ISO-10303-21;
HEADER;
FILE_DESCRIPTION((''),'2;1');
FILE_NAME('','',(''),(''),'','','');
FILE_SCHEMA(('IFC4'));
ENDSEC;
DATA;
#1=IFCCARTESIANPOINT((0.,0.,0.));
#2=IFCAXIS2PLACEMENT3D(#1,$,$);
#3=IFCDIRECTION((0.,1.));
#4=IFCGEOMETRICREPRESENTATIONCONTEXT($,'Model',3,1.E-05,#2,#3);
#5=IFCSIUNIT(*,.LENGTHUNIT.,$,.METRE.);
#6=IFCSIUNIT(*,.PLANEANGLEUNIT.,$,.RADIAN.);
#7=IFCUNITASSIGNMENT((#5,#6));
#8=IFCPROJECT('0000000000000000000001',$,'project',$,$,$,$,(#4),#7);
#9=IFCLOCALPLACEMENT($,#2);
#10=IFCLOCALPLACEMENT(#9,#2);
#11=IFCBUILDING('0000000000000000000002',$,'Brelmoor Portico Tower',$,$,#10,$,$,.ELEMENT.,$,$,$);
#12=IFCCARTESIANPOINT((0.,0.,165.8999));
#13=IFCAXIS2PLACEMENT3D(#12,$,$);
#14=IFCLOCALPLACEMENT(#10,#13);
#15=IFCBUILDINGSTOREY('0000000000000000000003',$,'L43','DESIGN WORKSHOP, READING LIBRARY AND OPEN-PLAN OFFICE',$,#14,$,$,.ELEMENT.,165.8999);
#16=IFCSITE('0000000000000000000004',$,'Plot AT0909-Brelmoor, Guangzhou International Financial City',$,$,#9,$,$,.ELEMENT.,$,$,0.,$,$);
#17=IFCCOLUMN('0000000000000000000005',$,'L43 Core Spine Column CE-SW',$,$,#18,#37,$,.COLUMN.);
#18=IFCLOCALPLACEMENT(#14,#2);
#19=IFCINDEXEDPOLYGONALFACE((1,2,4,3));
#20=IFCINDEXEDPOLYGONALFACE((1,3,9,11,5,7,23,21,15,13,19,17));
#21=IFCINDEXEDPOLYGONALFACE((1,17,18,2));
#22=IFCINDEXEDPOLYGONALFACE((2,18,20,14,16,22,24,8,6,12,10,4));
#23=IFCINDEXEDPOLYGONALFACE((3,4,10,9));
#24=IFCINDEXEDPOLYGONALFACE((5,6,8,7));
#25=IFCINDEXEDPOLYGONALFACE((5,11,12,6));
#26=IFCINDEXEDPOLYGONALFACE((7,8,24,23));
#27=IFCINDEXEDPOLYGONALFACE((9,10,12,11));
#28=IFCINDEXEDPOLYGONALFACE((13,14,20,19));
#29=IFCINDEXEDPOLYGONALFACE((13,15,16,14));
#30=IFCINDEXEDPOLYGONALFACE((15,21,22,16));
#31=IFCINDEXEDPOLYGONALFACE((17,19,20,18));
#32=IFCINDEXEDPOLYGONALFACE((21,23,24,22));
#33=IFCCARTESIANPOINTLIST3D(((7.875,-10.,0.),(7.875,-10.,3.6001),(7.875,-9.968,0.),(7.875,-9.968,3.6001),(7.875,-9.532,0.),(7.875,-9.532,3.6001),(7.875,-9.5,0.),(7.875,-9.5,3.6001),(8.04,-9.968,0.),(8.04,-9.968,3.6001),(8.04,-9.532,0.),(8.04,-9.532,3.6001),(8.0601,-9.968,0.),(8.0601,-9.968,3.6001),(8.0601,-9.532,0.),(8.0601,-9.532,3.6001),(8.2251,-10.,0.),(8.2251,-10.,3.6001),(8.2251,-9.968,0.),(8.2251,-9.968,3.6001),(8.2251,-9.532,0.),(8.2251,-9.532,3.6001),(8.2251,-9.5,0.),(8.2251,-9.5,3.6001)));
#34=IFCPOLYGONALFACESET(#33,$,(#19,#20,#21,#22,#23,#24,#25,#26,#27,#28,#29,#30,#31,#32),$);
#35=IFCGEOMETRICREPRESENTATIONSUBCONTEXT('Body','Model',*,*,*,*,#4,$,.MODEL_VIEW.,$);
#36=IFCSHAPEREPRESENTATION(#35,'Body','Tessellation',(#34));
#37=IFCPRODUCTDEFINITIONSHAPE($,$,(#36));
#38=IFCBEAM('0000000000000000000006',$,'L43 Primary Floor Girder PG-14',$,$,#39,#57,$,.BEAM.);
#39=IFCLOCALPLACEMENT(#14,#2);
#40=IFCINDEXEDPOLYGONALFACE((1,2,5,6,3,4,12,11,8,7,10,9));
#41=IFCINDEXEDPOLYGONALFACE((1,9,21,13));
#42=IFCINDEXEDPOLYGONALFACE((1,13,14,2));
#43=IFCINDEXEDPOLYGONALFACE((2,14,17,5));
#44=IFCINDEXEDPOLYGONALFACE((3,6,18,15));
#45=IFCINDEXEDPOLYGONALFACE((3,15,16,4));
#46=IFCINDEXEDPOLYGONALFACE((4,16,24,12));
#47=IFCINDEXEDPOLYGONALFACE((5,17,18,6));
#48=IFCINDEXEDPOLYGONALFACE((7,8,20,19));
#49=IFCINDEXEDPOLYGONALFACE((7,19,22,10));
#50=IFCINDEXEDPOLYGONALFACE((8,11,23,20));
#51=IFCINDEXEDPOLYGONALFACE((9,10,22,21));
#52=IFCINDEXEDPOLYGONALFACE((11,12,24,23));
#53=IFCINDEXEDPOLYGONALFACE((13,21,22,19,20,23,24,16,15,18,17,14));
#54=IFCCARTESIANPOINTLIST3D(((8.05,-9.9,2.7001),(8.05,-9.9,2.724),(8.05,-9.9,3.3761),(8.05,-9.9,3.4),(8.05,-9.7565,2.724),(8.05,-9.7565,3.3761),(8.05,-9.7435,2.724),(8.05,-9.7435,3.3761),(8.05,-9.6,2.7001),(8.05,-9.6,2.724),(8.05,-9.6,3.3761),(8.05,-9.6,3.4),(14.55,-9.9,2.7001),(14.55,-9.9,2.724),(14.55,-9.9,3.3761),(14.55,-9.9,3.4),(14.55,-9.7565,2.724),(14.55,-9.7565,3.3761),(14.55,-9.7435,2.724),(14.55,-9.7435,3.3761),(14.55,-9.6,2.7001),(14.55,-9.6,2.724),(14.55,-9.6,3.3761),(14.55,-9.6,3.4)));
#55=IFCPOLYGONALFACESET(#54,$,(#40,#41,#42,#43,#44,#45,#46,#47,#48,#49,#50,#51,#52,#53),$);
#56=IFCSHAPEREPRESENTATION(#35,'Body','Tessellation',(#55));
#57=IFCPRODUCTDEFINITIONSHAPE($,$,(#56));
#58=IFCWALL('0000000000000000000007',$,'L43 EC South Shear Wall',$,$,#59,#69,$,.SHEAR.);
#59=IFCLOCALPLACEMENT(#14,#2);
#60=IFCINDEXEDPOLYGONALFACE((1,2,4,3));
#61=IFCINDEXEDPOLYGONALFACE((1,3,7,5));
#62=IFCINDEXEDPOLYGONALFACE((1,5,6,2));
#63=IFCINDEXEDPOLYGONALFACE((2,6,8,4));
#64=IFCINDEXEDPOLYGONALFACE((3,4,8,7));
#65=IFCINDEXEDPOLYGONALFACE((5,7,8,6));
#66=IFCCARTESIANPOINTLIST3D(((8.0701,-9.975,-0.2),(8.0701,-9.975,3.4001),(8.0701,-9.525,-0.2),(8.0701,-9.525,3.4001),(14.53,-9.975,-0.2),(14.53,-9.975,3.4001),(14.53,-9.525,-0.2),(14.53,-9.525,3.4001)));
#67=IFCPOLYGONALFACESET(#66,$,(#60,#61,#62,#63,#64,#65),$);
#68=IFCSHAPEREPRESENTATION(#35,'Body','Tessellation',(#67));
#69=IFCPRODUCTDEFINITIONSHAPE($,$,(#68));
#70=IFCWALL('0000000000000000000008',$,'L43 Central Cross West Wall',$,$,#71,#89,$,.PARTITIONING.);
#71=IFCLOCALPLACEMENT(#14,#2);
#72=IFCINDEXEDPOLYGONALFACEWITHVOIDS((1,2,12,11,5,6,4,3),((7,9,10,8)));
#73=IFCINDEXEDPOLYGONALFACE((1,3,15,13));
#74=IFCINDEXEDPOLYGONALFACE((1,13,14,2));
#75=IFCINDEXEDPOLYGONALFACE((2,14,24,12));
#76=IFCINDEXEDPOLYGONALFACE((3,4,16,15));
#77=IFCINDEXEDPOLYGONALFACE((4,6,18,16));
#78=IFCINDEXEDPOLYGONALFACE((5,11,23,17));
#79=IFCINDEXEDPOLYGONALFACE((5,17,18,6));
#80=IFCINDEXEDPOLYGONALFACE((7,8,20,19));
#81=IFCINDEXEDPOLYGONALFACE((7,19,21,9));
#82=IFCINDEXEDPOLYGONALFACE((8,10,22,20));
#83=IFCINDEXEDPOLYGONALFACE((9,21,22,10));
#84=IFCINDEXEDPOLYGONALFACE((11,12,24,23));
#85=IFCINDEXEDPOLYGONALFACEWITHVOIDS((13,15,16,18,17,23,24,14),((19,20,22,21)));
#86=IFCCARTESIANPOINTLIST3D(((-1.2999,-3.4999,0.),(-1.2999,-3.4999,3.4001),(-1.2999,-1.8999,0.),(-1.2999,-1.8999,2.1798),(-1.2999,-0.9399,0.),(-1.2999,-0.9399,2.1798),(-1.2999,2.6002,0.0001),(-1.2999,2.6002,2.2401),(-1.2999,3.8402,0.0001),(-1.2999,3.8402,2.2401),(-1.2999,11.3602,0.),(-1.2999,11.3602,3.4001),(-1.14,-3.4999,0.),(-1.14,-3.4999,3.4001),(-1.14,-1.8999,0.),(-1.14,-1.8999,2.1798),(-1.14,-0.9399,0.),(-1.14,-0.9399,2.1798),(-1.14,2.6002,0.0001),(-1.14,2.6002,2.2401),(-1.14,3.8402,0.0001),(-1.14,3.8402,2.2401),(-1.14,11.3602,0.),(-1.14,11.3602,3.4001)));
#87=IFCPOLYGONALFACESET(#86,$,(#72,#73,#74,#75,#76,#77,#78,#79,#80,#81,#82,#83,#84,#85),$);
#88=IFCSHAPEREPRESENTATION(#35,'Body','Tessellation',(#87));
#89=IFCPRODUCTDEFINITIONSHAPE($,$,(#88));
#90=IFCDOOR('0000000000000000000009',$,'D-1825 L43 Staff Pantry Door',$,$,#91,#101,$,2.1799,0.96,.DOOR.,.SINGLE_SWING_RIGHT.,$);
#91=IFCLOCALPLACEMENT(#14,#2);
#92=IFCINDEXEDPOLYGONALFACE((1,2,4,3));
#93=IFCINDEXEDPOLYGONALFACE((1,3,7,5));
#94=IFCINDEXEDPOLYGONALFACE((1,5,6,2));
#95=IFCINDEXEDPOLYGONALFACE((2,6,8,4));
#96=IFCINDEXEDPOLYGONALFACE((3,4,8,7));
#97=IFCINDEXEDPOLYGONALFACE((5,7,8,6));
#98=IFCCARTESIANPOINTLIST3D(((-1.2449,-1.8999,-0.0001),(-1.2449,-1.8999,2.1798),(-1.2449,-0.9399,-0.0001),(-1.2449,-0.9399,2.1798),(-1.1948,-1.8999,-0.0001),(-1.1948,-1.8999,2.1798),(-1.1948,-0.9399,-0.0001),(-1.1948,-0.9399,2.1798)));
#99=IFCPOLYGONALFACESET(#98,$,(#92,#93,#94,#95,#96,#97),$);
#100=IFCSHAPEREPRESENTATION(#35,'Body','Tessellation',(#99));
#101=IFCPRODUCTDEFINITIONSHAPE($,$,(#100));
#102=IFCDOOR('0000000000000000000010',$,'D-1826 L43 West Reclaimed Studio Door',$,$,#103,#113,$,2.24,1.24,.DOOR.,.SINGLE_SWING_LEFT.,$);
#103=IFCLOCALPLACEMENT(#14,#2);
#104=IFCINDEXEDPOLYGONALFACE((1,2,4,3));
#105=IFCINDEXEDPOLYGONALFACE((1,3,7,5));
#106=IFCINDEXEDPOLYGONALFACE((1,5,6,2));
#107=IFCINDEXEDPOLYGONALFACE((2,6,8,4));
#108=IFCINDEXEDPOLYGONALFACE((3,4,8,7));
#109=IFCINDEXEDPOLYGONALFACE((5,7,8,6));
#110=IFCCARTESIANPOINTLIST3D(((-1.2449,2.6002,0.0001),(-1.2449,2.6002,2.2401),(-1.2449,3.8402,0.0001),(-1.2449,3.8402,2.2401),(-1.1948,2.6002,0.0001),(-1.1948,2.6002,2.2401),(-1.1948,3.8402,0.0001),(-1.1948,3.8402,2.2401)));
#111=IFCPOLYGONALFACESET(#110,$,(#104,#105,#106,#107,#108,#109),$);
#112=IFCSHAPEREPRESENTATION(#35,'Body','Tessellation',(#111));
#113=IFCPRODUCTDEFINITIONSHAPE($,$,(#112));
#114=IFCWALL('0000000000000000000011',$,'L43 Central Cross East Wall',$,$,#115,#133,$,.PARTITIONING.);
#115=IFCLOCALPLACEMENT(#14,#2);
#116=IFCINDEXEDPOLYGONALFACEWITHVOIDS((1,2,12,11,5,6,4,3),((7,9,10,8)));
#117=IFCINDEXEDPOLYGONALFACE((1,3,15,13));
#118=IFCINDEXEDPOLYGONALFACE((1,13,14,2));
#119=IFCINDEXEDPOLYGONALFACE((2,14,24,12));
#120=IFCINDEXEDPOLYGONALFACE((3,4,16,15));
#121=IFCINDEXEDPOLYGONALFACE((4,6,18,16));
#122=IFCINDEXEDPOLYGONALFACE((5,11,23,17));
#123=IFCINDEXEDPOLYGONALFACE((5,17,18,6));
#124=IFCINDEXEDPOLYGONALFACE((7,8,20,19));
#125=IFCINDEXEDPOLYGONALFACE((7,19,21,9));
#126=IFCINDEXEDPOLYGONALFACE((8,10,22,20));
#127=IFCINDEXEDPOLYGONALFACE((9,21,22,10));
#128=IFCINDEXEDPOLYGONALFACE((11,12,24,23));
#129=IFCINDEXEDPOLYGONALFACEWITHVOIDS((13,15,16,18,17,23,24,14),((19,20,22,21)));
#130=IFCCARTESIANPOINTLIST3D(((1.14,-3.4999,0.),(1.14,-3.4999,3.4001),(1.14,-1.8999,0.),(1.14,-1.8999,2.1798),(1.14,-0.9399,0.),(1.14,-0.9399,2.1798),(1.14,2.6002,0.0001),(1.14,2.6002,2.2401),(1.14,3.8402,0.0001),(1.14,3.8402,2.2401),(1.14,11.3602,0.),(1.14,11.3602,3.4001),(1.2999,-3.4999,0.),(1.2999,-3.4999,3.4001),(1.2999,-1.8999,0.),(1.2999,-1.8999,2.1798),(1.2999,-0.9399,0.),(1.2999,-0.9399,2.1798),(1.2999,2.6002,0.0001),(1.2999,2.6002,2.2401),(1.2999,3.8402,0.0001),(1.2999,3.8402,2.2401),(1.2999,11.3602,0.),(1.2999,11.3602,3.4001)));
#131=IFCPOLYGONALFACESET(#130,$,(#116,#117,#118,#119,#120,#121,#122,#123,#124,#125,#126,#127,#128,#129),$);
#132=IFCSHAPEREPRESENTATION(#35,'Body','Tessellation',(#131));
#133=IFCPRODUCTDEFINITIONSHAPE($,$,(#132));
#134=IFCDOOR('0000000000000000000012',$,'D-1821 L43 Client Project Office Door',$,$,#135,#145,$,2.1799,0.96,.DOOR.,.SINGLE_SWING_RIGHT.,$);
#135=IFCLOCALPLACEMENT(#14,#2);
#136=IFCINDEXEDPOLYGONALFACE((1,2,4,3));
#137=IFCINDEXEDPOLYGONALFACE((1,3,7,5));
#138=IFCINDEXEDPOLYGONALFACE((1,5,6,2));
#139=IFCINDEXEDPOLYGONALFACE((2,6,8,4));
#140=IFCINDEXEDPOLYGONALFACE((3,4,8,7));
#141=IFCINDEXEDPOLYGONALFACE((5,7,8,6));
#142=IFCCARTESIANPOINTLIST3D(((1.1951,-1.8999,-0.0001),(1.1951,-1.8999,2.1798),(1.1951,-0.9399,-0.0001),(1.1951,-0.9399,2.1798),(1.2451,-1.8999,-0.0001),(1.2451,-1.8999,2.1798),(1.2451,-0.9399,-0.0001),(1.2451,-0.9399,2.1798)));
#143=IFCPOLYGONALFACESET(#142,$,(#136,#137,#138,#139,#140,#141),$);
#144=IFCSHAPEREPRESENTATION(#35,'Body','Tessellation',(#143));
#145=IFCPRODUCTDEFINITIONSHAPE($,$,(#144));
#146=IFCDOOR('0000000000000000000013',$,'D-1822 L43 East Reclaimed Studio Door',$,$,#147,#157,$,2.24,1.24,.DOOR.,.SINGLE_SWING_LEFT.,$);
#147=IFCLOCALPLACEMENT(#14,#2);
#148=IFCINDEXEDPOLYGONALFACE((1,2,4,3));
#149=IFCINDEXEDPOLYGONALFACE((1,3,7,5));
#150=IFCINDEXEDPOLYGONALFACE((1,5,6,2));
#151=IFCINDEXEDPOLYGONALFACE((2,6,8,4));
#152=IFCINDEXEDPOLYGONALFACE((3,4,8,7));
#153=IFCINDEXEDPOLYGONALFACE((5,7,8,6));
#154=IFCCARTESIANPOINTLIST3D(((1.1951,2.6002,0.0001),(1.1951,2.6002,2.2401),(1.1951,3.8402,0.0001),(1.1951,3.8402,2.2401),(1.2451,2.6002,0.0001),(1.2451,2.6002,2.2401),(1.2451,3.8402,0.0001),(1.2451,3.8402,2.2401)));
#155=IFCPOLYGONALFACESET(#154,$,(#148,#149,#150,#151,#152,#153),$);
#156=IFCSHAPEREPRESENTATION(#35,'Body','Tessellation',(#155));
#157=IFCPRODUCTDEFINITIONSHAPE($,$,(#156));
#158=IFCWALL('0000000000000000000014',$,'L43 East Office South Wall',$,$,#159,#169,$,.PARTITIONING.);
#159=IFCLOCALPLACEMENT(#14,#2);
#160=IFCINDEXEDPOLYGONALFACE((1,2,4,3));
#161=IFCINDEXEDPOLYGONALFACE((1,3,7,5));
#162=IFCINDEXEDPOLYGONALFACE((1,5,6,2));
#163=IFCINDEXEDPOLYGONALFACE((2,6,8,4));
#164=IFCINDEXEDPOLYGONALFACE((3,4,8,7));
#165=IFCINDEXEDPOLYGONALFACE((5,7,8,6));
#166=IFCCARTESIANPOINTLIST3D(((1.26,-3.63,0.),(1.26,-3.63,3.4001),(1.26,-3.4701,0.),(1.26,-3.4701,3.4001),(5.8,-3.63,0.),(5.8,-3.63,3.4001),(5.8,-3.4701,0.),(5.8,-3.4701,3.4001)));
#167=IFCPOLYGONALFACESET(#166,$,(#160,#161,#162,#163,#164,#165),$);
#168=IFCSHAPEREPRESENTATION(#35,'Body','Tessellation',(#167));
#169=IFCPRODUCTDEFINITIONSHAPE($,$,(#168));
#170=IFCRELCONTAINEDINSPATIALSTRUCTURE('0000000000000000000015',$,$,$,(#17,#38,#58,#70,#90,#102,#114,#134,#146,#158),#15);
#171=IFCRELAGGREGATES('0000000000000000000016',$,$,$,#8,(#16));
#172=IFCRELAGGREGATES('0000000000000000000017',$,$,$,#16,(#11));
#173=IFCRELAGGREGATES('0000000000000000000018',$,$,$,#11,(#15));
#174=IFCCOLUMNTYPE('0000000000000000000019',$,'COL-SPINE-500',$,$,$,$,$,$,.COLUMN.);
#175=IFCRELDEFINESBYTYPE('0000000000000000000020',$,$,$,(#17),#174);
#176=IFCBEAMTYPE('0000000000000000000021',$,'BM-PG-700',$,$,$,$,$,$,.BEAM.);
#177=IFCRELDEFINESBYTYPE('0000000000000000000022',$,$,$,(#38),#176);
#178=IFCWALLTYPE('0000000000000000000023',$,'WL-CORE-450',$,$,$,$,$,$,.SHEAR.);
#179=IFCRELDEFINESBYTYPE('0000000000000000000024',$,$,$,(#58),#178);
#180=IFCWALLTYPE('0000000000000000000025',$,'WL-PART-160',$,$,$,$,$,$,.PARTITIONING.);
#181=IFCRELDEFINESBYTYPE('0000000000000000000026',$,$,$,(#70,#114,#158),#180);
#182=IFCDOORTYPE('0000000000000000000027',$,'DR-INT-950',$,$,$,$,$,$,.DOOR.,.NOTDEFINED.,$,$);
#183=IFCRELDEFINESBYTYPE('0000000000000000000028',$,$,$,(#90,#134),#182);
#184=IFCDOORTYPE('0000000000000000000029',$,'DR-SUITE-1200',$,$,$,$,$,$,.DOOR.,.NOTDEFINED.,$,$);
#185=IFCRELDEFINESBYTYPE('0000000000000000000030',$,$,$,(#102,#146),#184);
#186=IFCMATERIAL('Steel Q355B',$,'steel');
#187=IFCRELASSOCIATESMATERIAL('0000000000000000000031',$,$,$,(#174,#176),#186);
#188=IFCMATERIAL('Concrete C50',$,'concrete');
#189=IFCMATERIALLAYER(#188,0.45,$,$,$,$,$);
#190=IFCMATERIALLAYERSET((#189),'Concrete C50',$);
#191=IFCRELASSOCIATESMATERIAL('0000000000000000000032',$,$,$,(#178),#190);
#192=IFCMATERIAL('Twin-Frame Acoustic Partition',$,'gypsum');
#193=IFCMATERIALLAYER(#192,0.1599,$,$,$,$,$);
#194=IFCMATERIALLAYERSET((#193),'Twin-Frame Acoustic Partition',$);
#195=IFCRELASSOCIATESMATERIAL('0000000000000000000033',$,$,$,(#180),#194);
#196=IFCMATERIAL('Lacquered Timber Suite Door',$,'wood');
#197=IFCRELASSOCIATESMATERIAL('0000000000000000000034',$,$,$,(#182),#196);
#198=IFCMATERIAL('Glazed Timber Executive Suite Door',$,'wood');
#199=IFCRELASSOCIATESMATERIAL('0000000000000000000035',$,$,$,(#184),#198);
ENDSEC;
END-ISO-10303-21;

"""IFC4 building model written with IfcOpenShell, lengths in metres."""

from ifc_helpers import new_model, si_unit, direction, frame, frame_2d, origin, origin_2d, place, context, subcontext, project, spatial, rectangle, i_section, extrude, material, layer, layer_set, material_profile, profile_set, type_object, element, fill, save


model = new_model("IFC4")

# Units and contexts
model_context = context("Model", 3, precision=1e-05, world=origin(), true_north=direction((0.0, 1.0)))
body_context = subcontext(model_context, "Body", "Model", "MODEL_VIEW")
ifc_project = project(units=[si_unit("LENGTHUNIT", "METRE"), si_unit("PLANEANGLEUNIT", "RADIAN")], contexts=[model_context])

# Site, building, storey
site_placement = place(None, origin())
site = spatial("IfcSite", under=ifc_project, at=site_placement, Name="Plot AT0909-Brelmoor, Guangzhou International Financial City", CompositionType="ELEMENT", RefElevation=0.0)
building_placement = place(site_placement, origin())
building = spatial("IfcBuilding", under=site, at=building_placement, Name="Brelmoor Portico Tower", CompositionType="ELEMENT")
storey_placement = place(building_placement, frame((0.0, 0.0, 165.8999)))
storey = spatial("IfcBuildingStorey", under=building, at=storey_placement, Name="L43", Description="DESIGN WORKSHOP, READING LIBRARY AND OPEN-PLAN OFFICE", CompositionType="ELEMENT", Elevation=165.8999)

# Column
ifc_material_1 = material(Name="Steel Q355B", Category="steel")
ifc_material_profile_1 = material_profile(ifc_material_1, i_section(OverallWidth=0.3501, OverallDepth=0.5, WebThickness=0.02, FlangeThickness=0.032, at=origin_2d()), Name="HW 500x350x20x32")
ifc_profile_set_1 = profile_set([ifc_material_profile_1], Name="Steel Q355B")
column_type = type_object("IfcColumnType", Name="COL-SPINE-500", PredefinedType="COLUMN", material=ifc_profile_set_1)
column_placement = place(storey_placement, frame((8.05, -9.75, 0.0), z_axis=(0.0, 0.0, 1.0), x_axis=(1.0, 0.0, 0.0)))
element("IfcColumn", 1, at=column_placement, inside=storey, type_object=column_type, Name="L43 Core Spine Column CE-SW", PredefinedType="COLUMN", context=body_context, shape_type="SweptSolid", body=[
    extrude(i_section(OverallWidth=0.3501, OverallDepth=0.5, WebThickness=0.02, FlangeThickness=0.032, at=origin_2d()), origin(), (0.0, 0.0, 1.0), 3.6001),
])

# Beam
ifc_material_profile_2 = material_profile(ifc_material_1, i_section(OverallWidth=0.3, OverallDepth=0.7, WebThickness=0.0129, FlangeThickness=0.0239, at=origin_2d()), Name="HN 700x300x13x24")
ifc_profile_set_2 = profile_set([ifc_material_profile_2], Name="Steel Q355B")
beam_type = type_object("IfcBeamType", Name="BM-PG-700", PredefinedType="BEAM", material=ifc_profile_set_2)
beam_placement = place(storey_placement, frame((8.05, -9.75, 3.05), z_axis=(1.0, 0.0, 0.0), x_axis=(0.0, 1.0, 0.0)))
element("IfcBeam", 2, at=beam_placement, inside=storey, type_object=beam_type, Name="L43 Primary Floor Girder PG-14", PredefinedType="BEAM", context=body_context, shape_type="SweptSolid", body=[
    extrude(i_section(OverallWidth=0.3, OverallDepth=0.7, WebThickness=0.0129, FlangeThickness=0.0239, at=origin_2d()), origin(), (0.0, 0.0, 1.0), 6.5),
])

# Wall
ifc_material_2 = material(Name="Concrete C50", Category="concrete")
ifc_layer_1 = layer(ifc_material_2, 0.45)
ifc_layer_set_1 = layer_set([ifc_layer_1], Name="Concrete C50")
wall_type_1 = type_object("IfcWallType", Name="WL-CORE-450", PredefinedType="SHEAR", material=ifc_layer_set_1)
wall_1_placement = place(storey_placement, frame((8.0701, -9.75, -0.2), z_axis=(0.0, 0.0, 1.0), x_axis=(1.0, 0.0, 0.0)))
element("IfcWall", 3, at=wall_1_placement, inside=storey, type_object=wall_type_1, Name="L43 EC South Shear Wall", PredefinedType="SHEAR", context=body_context, shape_type="SweptSolid", body=[
    extrude(rectangle(XDim=6.46, YDim=0.45, at=frame_2d((3.23, 0.0))), origin(), (0.0, 0.0, 1.0), 3.6001),
])

# Walls, openings, doors
ifc_material_3 = material(Name="Twin-Frame Acoustic Partition", Category="gypsum")
ifc_layer_2 = layer(ifc_material_3, 0.1599)
ifc_layer_set_2 = layer_set([ifc_layer_2], Name="Twin-Frame Acoustic Partition")
wall_type_2 = type_object("IfcWallType", Name="WL-PART-160", PredefinedType="PARTITIONING", material=ifc_layer_set_2)
wall_2_placement = place(storey_placement, frame((-1.22, -3.5, 0.0), z_axis=(0.0, 0.0, 1.0), x_axis=(0.0, 1.0, 0.0)))
wall_2 = element("IfcWall", 4, at=wall_2_placement, inside=storey, type_object=wall_type_2, Name="L43 Central Cross West Wall", PredefinedType="PARTITIONING", context=body_context, shape_type="SweptSolid", body=[
    extrude(rectangle(XDim=14.8601, YDim=0.1599, at=frame_2d((7.4302, 0.0))), origin(), (0.0, 0.0, 1.0), 3.4001),
])
opening_1_placement = place(wall_2_placement, frame((6.1001, 0.0, 0.0)))
opening_1 = element("IfcOpeningElement", 5, at=opening_1_placement, cuts=wall_2, PredefinedType="OPENING", context=body_context, shape_type="SweptSolid", body=[
    extrude(rectangle(XDim=1.24, YDim=2.24, at=frame_2d((0.6201, 1.1201))), frame((0.0, 0.0898, 0.0), z_axis=(0.0, -1.0, 0.0), x_axis=(1.0, 0.0, 0.0)), (0.0, 0.0, 1.0), 0.1799),
])
opening_2_placement = place(wall_2_placement, frame((1.6001, 0.0, 0.0)))
opening_2 = element("IfcOpeningElement", 6, at=opening_2_placement, cuts=wall_2, PredefinedType="OPENING", context=body_context, shape_type="SweptSolid", body=[
    extrude(rectangle(XDim=0.96, YDim=2.1799, at=frame_2d((0.48, 1.0898))), frame((0.0, 0.0898, 0.0), z_axis=(0.0, -1.0, 0.0), x_axis=(1.0, 0.0, 0.0)), (0.0, 0.0, 1.0), 0.1799),
])
ifc_material_4 = material(Name="Lacquered Timber Suite Door", Category="wood")
door_type_1 = type_object("IfcDoorType", Name="DR-INT-950", OperationType="NOTDEFINED", PredefinedType="DOOR", material=ifc_material_4)
door_1_placement = place(opening_2_placement, origin())
door_1 = element("IfcDoor", 7, at=door_1_placement, inside=storey, type_object=door_type_1, Name="D-1825 L43 Staff Pantry Door", OperationType="SINGLE_SWING_RIGHT", OverallHeight=2.1799, OverallWidth=0.96, PredefinedType="DOOR", context=body_context, shape_type="SweptSolid", body=[
    extrude(rectangle(XDim=0.96, YDim=2.1799, at=frame_2d((0.48, 1.0898))), frame((0.0, 0.0249, 0.0), z_axis=(0.0, -1.0, 0.0), x_axis=(1.0, 0.0, 0.0)), (0.0, 0.0, 1.0), 0.05),
])
fill(opening_2, door_1)
ifc_material_5 = material(Name="Glazed Timber Executive Suite Door", Category="wood")
door_type_2 = type_object("IfcDoorType", Name="DR-SUITE-1200", OperationType="NOTDEFINED", PredefinedType="DOOR", material=ifc_material_5)
door_2_placement = place(opening_1_placement, origin())
door_2 = element("IfcDoor", 8, at=door_2_placement, inside=storey, type_object=door_type_2, Name="D-1826 L43 West Reclaimed Studio Door", OperationType="SINGLE_SWING_LEFT", OverallHeight=2.24, OverallWidth=1.24, PredefinedType="DOOR", context=body_context, shape_type="SweptSolid", body=[
    extrude(rectangle(XDim=1.24, YDim=2.24, at=frame_2d((0.6201, 1.1201))), frame((0.0, 0.0249, 0.0), z_axis=(0.0, -1.0, 0.0), x_axis=(1.0, 0.0, 0.0)), (0.0, 0.0, 1.0), 0.05),
])
fill(opening_1, door_2)
wall_3_placement = place(storey_placement, frame((1.22, -3.5, 0.0), z_axis=(0.0, 0.0, 1.0), x_axis=(0.0, 1.0, 0.0)))
wall_3 = element("IfcWall", 9, at=wall_3_placement, inside=storey, type_object=wall_type_2, Name="L43 Central Cross East Wall", PredefinedType="PARTITIONING", context=body_context, shape_type="SweptSolid", body=[
    extrude(rectangle(XDim=14.8601, YDim=0.1599, at=frame_2d((7.4302, 0.0))), origin(), (0.0, 0.0, 1.0), 3.4001),
])
opening_3_placement = place(wall_3_placement, frame((6.1001, 0.0, 0.0)))
opening_3 = element("IfcOpeningElement", 10, at=opening_3_placement, cuts=wall_3, PredefinedType="OPENING", context=body_context, shape_type="SweptSolid", body=[
    extrude(rectangle(XDim=1.24, YDim=2.24, at=frame_2d((0.6201, 1.1201))), frame((0.0, 0.0898, 0.0), z_axis=(0.0, -1.0, 0.0), x_axis=(1.0, 0.0, 0.0)), (0.0, 0.0, 1.0), 0.1799),
])
opening_4_placement = place(wall_3_placement, frame((1.6001, 0.0, 0.0)))
opening_4 = element("IfcOpeningElement", 11, at=opening_4_placement, cuts=wall_3, PredefinedType="OPENING", context=body_context, shape_type="SweptSolid", body=[
    extrude(rectangle(XDim=0.96, YDim=2.1799, at=frame_2d((0.48, 1.0898))), frame((0.0, 0.0898, 0.0), z_axis=(0.0, -1.0, 0.0), x_axis=(1.0, 0.0, 0.0)), (0.0, 0.0, 1.0), 0.1799),
])
door_3_placement = place(opening_4_placement, origin())
door_3 = element("IfcDoor", 12, at=door_3_placement, inside=storey, type_object=door_type_1, Name="D-1821 L43 Client Project Office Door", OperationType="SINGLE_SWING_RIGHT", OverallHeight=2.1799, OverallWidth=0.96, PredefinedType="DOOR", context=body_context, shape_type="SweptSolid", body=[
    extrude(rectangle(XDim=0.96, YDim=2.1799, at=frame_2d((0.48, 1.0898))), frame((0.0, 0.0249, 0.0), z_axis=(0.0, -1.0, 0.0), x_axis=(1.0, 0.0, 0.0)), (0.0, 0.0, 1.0), 0.05),
])
fill(opening_4, door_3)
door_4_placement = place(opening_3_placement, origin())
door_4 = element("IfcDoor", 13, at=door_4_placement, inside=storey, type_object=door_type_2, Name="D-1822 L43 East Reclaimed Studio Door", OperationType="SINGLE_SWING_LEFT", OverallHeight=2.24, OverallWidth=1.24, PredefinedType="DOOR", context=body_context, shape_type="SweptSolid", body=[
    extrude(rectangle(XDim=1.24, YDim=2.24, at=frame_2d((0.6201, 1.1201))), frame((0.0, 0.0249, 0.0), z_axis=(0.0, -1.0, 0.0), x_axis=(1.0, 0.0, 0.0)), (0.0, 0.0, 1.0), 0.05),
])
fill(opening_3, door_4)

# Wall
for number, where, z_axis, x_axis, name in (
    (14, (1.26, -3.55, 0.0), (0.0, 0.0, 1.0), (1.0, 0.0, 0.0), "L43 East Office South Wall"),
):
    element("IfcWall", number, at=place(storey_placement, frame(where, z_axis=z_axis, x_axis=x_axis)), inside=storey, type_object=wall_type_2, Name=name, PredefinedType="PARTITIONING", context=body_context, shape_type="SweptSolid", body=[
        extrude(rectangle(XDim=4.54, YDim=0.1599, at=frame_2d((2.27, 0.0))), origin(), (0.0, 0.0, 1.0), 3.4001),
    ])

save(model, "model.ifc")
